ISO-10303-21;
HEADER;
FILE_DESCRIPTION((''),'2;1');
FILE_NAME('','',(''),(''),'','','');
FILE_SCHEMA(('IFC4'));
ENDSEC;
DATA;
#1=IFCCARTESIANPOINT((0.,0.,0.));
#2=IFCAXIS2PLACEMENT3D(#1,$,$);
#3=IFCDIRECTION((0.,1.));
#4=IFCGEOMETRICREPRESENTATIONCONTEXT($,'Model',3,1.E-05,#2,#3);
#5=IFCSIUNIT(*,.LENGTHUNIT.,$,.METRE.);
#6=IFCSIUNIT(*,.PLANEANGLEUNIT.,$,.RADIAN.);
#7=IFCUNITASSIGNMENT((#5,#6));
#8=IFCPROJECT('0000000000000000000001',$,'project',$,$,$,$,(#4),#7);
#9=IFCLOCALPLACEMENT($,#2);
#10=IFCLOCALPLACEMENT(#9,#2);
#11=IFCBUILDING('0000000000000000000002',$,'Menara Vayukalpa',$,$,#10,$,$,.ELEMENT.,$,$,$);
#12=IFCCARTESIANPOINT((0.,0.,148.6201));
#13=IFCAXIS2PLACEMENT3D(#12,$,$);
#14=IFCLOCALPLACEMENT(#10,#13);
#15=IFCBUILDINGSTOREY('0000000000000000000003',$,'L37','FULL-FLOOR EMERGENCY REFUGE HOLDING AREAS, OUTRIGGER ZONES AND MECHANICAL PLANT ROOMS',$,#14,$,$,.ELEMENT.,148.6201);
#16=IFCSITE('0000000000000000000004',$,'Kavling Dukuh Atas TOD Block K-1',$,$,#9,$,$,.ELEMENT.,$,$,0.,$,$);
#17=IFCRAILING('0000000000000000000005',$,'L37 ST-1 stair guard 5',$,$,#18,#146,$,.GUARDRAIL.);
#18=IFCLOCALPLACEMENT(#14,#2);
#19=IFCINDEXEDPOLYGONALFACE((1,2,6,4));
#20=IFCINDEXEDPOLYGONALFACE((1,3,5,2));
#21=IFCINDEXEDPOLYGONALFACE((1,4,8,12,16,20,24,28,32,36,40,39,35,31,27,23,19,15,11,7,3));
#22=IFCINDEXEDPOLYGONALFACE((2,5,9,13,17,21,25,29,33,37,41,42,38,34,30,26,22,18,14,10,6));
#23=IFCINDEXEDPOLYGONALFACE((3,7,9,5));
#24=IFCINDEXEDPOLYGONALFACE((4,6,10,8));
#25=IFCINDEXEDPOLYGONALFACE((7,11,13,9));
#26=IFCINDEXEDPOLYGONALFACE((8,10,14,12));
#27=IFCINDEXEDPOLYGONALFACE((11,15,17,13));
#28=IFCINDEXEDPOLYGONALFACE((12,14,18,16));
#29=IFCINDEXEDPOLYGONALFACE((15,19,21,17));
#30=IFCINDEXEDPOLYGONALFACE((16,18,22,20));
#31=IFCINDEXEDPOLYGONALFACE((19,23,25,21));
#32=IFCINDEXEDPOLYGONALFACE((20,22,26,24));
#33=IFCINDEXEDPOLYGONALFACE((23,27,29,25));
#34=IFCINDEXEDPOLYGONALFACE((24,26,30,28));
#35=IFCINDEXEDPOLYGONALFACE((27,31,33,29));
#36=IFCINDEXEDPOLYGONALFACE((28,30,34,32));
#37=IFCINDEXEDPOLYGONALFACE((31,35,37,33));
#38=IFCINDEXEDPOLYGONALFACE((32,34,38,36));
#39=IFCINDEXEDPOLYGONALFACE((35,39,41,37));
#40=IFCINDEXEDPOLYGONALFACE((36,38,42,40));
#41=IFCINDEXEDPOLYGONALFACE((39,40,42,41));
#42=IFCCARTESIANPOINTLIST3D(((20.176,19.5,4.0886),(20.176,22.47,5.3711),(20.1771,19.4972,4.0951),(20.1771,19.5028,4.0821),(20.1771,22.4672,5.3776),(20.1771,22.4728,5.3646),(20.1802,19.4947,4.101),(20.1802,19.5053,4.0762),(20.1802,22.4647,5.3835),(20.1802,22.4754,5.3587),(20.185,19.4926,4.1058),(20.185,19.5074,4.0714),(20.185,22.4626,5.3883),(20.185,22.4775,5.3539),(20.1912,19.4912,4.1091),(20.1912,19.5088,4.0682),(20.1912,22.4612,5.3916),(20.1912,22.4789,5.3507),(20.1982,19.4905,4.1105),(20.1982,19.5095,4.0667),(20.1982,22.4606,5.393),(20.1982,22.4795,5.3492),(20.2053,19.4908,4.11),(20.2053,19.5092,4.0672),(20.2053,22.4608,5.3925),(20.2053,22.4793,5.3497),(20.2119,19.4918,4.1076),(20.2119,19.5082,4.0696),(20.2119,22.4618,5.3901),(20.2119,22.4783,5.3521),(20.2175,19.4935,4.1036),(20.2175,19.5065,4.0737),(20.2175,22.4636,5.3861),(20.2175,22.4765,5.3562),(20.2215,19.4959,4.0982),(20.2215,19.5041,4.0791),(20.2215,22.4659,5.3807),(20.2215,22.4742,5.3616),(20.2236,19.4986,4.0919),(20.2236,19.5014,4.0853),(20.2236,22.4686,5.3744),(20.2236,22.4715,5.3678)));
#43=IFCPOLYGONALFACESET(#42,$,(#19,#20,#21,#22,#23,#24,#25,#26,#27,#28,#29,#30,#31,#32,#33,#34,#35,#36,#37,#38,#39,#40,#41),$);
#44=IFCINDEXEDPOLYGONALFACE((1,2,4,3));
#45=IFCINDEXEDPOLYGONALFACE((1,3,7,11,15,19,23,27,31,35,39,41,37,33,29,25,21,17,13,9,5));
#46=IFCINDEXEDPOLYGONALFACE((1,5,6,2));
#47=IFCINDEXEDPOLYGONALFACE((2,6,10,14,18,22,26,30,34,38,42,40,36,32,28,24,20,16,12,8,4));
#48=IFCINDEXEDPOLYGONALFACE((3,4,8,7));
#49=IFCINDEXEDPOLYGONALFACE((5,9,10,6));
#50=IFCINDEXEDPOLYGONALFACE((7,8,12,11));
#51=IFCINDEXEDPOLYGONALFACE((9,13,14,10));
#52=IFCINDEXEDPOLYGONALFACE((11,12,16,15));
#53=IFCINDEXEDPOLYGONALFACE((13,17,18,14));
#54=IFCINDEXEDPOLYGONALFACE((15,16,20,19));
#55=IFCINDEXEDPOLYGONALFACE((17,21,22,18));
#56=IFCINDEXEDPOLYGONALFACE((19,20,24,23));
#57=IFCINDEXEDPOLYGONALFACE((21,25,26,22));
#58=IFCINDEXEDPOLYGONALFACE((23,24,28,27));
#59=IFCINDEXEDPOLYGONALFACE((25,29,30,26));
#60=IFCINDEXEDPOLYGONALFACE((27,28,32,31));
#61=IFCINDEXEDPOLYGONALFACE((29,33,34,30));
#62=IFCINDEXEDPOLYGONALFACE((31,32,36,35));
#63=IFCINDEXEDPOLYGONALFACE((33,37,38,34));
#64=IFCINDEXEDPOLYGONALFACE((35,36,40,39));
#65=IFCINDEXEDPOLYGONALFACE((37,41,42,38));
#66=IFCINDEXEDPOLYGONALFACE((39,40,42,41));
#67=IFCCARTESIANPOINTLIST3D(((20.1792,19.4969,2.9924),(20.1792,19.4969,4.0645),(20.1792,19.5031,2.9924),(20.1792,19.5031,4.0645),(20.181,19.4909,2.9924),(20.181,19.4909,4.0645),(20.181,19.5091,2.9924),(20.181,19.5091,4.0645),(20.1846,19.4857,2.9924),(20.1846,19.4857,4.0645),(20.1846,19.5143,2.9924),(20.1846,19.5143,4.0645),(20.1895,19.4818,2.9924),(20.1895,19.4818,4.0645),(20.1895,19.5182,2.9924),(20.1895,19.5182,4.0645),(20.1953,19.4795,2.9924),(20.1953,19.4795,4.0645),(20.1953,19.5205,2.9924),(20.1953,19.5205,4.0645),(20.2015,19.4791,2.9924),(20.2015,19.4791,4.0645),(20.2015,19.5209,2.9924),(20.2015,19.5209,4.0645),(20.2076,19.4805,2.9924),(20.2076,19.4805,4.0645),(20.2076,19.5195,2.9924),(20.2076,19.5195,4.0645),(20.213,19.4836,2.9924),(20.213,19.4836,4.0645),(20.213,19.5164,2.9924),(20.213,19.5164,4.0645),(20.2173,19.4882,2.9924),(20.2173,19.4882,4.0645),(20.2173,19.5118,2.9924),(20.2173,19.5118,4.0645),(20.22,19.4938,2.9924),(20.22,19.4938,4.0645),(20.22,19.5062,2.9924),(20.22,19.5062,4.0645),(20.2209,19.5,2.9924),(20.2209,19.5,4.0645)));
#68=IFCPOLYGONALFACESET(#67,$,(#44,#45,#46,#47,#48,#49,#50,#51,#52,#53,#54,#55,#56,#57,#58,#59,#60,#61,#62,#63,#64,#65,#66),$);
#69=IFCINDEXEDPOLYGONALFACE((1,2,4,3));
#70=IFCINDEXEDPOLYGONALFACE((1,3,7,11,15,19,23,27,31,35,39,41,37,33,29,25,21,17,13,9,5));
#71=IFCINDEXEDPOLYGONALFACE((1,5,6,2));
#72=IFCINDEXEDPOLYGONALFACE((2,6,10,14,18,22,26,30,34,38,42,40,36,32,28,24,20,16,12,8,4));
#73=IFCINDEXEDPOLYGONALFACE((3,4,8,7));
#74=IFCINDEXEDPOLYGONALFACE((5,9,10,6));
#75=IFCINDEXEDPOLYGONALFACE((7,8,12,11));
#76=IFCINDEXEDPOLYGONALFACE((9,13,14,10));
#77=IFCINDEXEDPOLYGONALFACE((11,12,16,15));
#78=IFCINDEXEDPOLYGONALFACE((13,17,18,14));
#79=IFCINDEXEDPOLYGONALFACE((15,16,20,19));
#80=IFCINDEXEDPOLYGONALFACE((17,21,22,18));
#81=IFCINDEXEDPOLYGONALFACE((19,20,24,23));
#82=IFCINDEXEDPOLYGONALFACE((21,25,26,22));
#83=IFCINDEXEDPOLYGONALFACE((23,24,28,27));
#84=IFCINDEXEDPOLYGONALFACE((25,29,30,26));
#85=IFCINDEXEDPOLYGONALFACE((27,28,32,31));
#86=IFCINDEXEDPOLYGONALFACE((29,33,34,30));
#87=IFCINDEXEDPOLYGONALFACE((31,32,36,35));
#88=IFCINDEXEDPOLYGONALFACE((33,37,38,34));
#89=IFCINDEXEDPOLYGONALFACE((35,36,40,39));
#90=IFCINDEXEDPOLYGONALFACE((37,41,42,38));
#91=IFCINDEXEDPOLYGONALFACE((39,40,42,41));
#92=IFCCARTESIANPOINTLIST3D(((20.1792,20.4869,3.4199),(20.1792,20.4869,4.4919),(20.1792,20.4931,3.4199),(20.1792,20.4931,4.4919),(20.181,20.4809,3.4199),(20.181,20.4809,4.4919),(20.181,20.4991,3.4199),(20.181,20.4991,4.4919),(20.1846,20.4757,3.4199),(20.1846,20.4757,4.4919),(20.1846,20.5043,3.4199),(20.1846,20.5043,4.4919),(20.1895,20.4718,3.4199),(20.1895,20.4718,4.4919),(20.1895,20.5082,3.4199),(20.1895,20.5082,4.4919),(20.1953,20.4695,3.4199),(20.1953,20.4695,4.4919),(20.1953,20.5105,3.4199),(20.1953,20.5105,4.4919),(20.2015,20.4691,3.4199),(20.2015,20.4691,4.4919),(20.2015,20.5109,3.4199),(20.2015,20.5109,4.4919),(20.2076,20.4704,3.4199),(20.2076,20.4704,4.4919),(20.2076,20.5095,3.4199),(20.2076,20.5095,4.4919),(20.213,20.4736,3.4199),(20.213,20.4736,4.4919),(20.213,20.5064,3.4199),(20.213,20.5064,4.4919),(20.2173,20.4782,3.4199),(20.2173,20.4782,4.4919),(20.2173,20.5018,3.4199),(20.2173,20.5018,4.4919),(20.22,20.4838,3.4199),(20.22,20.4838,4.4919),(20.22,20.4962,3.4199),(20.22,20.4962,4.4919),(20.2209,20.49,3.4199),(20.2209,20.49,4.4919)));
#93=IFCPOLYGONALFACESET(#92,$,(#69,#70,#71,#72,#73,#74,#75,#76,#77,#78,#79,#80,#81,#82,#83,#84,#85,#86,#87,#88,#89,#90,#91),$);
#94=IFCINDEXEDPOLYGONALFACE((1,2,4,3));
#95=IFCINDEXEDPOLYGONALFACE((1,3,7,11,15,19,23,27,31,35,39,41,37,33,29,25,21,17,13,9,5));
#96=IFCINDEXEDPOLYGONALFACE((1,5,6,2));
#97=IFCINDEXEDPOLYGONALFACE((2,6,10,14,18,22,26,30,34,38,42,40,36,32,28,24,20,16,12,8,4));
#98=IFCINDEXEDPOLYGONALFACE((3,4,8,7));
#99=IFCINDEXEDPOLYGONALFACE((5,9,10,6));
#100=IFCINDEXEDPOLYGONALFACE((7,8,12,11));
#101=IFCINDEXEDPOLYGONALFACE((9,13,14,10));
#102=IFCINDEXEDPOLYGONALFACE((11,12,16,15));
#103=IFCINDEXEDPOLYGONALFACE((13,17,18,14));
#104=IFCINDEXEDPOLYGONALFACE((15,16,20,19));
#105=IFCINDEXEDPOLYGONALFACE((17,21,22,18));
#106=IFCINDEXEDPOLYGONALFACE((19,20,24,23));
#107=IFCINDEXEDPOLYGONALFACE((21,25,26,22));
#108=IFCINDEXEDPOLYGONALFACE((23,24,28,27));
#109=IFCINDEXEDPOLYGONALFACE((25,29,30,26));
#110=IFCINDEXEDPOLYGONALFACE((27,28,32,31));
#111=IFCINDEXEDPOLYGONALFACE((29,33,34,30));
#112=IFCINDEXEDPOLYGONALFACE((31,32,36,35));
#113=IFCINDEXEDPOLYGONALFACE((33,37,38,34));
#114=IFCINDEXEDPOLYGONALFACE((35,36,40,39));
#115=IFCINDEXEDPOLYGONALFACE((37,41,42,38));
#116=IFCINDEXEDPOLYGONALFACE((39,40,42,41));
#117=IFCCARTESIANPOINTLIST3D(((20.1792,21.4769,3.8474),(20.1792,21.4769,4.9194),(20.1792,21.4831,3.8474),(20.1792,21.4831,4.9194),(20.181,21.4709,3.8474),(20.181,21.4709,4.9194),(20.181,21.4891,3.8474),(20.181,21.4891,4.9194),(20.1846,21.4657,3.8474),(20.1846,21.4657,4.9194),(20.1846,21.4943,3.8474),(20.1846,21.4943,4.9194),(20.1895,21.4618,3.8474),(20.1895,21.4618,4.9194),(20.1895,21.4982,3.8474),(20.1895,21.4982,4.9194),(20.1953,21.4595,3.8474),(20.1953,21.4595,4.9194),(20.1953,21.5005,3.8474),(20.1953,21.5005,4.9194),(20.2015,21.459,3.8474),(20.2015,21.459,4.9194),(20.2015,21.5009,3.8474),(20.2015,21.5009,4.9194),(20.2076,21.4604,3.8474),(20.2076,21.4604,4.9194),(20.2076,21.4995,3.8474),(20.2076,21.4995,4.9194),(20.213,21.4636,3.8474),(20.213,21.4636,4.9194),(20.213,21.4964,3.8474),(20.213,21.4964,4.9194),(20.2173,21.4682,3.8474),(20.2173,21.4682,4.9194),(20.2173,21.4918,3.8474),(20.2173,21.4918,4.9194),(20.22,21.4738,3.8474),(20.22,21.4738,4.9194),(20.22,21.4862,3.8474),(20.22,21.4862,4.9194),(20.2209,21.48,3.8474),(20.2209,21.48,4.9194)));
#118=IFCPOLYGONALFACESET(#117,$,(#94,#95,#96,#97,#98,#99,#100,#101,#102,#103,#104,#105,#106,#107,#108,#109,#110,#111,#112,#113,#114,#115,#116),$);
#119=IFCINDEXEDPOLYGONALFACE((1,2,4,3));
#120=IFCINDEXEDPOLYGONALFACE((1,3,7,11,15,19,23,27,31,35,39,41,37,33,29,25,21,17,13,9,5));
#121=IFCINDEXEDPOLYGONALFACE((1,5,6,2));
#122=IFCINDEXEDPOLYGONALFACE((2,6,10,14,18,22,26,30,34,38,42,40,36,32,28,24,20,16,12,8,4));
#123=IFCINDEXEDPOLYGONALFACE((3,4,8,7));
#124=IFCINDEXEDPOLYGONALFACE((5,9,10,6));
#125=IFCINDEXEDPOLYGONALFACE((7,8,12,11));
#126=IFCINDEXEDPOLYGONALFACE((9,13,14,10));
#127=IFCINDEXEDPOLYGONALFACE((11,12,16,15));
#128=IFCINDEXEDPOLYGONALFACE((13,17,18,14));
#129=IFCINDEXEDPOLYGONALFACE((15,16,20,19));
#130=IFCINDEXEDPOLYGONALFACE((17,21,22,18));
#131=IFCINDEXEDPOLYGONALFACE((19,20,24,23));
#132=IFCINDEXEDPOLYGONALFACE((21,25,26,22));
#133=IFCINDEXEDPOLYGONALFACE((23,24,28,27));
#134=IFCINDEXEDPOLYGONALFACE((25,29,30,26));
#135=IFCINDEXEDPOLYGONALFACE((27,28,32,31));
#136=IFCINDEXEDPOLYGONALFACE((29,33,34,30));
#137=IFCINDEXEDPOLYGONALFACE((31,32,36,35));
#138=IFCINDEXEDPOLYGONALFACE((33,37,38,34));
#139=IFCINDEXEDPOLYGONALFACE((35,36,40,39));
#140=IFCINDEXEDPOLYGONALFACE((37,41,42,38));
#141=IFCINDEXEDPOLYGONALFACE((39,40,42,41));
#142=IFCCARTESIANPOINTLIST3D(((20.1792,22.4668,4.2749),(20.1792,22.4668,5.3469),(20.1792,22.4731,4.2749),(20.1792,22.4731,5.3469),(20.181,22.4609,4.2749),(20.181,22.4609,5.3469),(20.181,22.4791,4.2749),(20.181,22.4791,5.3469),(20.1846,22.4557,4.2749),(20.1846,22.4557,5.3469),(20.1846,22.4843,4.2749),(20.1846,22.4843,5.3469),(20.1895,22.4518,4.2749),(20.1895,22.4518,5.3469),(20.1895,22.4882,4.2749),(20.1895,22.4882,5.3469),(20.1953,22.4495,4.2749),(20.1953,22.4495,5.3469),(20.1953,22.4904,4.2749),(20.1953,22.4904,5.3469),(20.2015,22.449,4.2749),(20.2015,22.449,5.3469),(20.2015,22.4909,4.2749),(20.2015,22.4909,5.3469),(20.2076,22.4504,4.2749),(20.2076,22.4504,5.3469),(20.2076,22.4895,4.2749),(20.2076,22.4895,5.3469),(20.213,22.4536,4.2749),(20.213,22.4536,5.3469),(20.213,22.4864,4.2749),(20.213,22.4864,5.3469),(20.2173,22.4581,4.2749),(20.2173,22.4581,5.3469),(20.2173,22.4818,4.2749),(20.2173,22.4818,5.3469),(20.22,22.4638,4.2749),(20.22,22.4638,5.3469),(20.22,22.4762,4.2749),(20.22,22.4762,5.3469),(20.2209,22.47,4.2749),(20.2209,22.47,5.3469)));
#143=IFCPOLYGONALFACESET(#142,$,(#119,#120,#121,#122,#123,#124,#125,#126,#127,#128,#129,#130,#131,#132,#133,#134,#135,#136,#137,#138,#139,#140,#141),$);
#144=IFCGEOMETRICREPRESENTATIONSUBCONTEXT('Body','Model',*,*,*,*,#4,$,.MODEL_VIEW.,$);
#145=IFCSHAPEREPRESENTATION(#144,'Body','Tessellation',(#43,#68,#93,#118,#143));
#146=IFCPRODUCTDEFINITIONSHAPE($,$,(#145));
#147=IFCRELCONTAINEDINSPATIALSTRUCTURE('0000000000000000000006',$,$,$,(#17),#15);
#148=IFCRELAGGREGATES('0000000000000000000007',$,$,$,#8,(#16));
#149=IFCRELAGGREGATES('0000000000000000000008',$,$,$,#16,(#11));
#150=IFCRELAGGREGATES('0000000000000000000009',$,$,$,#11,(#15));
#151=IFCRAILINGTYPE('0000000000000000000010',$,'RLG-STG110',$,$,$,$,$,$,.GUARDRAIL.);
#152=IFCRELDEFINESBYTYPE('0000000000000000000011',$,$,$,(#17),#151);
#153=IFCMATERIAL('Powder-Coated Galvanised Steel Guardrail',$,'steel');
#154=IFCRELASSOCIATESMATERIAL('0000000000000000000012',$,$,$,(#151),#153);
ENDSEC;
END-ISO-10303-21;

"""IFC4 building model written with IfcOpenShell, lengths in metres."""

from ifc_helpers import new_model, si_unit, direction, frame, origin, origin_2d, place, context, subcontext, project, spatial, circle, extrude, material, type_object, element, save


model = new_model("IFC4")

# Units and contexts
model_context = context("Model", 3, precision=1e-05, world=origin(), true_north=direction((0.0, 1.0)))
body_context = subcontext(model_context, "Body", "Model", "MODEL_VIEW")
ifc_project = project(units=[si_unit("LENGTHUNIT", "METRE"), si_unit("PLANEANGLEUNIT", "RADIAN")], contexts=[model_context])

# Site, building, storey
site_placement = place(None, origin())
site = spatial("IfcSite", under=ifc_project, at=site_placement, Name="Kavling Dukuh Atas TOD Block K-1", CompositionType="ELEMENT", RefElevation=0.0)
building_placement = place(site_placement, origin())
building = spatial("IfcBuilding", under=site, at=building_placement, Name="Menara Vayukalpa", CompositionType="ELEMENT")
storey_placement = place(building_placement, frame((0.0, 0.0, 148.6201)))
storey = spatial("IfcBuildingStorey", under=building, at=storey_placement, Name="L37", Description="FULL-FLOOR EMERGENCY REFUGE HOLDING AREAS, OUTRIGGER ZONES AND MECHANICAL PLANT ROOMS", CompositionType="ELEMENT", Elevation=148.6201)

# Railing
ifc_material_1 = material(Name="Powder-Coated Galvanised Steel Guardrail", Category="steel")
railing_type_1 = type_object("IfcRailingType", Name="RLG-STG110", PredefinedType="GUARDRAIL", material=ifc_material_1)
railing_1_placement = place(storey_placement, frame((20.2, 19.5, 2.9924)))
element("IfcRailing", 1, at=railing_1_placement, inside=storey, type_object=railing_type_1, Name="L37 ST-1 stair guard 5", PredefinedType="GUARDRAIL", context=body_context, shape_type="SweptSolid", body=[
    extrude(circle(Radius=0.0239, at=origin_2d()), frame((0.0, 0.0, 1.0962), z_axis=(0.0, 0.918064, 0.396432), x_axis=(-1.0, 0.0, 0.0)), (0.0, 0.0, 1.0), 3.2351),
    extrude(circle(Radius=0.021, at=origin_2d()), origin(), (0.0, 0.0, 1.0), 1.072),
    extrude(circle(Radius=0.021, at=origin_2d()), frame((0.0, 0.99, 0.4275)), (0.0, 0.0, 1.0), 1.072),
    extrude(circle(Radius=0.021, at=origin_2d()), frame((0.0, 1.98, 0.855)), (0.0, 0.0, 1.0), 1.072),
    extrude(circle(Radius=0.021, at=origin_2d()), frame((0.0, 2.97, 1.2825)), (0.0, 0.0, 1.0), 1.072),
])

save(model, "model.ifc")
